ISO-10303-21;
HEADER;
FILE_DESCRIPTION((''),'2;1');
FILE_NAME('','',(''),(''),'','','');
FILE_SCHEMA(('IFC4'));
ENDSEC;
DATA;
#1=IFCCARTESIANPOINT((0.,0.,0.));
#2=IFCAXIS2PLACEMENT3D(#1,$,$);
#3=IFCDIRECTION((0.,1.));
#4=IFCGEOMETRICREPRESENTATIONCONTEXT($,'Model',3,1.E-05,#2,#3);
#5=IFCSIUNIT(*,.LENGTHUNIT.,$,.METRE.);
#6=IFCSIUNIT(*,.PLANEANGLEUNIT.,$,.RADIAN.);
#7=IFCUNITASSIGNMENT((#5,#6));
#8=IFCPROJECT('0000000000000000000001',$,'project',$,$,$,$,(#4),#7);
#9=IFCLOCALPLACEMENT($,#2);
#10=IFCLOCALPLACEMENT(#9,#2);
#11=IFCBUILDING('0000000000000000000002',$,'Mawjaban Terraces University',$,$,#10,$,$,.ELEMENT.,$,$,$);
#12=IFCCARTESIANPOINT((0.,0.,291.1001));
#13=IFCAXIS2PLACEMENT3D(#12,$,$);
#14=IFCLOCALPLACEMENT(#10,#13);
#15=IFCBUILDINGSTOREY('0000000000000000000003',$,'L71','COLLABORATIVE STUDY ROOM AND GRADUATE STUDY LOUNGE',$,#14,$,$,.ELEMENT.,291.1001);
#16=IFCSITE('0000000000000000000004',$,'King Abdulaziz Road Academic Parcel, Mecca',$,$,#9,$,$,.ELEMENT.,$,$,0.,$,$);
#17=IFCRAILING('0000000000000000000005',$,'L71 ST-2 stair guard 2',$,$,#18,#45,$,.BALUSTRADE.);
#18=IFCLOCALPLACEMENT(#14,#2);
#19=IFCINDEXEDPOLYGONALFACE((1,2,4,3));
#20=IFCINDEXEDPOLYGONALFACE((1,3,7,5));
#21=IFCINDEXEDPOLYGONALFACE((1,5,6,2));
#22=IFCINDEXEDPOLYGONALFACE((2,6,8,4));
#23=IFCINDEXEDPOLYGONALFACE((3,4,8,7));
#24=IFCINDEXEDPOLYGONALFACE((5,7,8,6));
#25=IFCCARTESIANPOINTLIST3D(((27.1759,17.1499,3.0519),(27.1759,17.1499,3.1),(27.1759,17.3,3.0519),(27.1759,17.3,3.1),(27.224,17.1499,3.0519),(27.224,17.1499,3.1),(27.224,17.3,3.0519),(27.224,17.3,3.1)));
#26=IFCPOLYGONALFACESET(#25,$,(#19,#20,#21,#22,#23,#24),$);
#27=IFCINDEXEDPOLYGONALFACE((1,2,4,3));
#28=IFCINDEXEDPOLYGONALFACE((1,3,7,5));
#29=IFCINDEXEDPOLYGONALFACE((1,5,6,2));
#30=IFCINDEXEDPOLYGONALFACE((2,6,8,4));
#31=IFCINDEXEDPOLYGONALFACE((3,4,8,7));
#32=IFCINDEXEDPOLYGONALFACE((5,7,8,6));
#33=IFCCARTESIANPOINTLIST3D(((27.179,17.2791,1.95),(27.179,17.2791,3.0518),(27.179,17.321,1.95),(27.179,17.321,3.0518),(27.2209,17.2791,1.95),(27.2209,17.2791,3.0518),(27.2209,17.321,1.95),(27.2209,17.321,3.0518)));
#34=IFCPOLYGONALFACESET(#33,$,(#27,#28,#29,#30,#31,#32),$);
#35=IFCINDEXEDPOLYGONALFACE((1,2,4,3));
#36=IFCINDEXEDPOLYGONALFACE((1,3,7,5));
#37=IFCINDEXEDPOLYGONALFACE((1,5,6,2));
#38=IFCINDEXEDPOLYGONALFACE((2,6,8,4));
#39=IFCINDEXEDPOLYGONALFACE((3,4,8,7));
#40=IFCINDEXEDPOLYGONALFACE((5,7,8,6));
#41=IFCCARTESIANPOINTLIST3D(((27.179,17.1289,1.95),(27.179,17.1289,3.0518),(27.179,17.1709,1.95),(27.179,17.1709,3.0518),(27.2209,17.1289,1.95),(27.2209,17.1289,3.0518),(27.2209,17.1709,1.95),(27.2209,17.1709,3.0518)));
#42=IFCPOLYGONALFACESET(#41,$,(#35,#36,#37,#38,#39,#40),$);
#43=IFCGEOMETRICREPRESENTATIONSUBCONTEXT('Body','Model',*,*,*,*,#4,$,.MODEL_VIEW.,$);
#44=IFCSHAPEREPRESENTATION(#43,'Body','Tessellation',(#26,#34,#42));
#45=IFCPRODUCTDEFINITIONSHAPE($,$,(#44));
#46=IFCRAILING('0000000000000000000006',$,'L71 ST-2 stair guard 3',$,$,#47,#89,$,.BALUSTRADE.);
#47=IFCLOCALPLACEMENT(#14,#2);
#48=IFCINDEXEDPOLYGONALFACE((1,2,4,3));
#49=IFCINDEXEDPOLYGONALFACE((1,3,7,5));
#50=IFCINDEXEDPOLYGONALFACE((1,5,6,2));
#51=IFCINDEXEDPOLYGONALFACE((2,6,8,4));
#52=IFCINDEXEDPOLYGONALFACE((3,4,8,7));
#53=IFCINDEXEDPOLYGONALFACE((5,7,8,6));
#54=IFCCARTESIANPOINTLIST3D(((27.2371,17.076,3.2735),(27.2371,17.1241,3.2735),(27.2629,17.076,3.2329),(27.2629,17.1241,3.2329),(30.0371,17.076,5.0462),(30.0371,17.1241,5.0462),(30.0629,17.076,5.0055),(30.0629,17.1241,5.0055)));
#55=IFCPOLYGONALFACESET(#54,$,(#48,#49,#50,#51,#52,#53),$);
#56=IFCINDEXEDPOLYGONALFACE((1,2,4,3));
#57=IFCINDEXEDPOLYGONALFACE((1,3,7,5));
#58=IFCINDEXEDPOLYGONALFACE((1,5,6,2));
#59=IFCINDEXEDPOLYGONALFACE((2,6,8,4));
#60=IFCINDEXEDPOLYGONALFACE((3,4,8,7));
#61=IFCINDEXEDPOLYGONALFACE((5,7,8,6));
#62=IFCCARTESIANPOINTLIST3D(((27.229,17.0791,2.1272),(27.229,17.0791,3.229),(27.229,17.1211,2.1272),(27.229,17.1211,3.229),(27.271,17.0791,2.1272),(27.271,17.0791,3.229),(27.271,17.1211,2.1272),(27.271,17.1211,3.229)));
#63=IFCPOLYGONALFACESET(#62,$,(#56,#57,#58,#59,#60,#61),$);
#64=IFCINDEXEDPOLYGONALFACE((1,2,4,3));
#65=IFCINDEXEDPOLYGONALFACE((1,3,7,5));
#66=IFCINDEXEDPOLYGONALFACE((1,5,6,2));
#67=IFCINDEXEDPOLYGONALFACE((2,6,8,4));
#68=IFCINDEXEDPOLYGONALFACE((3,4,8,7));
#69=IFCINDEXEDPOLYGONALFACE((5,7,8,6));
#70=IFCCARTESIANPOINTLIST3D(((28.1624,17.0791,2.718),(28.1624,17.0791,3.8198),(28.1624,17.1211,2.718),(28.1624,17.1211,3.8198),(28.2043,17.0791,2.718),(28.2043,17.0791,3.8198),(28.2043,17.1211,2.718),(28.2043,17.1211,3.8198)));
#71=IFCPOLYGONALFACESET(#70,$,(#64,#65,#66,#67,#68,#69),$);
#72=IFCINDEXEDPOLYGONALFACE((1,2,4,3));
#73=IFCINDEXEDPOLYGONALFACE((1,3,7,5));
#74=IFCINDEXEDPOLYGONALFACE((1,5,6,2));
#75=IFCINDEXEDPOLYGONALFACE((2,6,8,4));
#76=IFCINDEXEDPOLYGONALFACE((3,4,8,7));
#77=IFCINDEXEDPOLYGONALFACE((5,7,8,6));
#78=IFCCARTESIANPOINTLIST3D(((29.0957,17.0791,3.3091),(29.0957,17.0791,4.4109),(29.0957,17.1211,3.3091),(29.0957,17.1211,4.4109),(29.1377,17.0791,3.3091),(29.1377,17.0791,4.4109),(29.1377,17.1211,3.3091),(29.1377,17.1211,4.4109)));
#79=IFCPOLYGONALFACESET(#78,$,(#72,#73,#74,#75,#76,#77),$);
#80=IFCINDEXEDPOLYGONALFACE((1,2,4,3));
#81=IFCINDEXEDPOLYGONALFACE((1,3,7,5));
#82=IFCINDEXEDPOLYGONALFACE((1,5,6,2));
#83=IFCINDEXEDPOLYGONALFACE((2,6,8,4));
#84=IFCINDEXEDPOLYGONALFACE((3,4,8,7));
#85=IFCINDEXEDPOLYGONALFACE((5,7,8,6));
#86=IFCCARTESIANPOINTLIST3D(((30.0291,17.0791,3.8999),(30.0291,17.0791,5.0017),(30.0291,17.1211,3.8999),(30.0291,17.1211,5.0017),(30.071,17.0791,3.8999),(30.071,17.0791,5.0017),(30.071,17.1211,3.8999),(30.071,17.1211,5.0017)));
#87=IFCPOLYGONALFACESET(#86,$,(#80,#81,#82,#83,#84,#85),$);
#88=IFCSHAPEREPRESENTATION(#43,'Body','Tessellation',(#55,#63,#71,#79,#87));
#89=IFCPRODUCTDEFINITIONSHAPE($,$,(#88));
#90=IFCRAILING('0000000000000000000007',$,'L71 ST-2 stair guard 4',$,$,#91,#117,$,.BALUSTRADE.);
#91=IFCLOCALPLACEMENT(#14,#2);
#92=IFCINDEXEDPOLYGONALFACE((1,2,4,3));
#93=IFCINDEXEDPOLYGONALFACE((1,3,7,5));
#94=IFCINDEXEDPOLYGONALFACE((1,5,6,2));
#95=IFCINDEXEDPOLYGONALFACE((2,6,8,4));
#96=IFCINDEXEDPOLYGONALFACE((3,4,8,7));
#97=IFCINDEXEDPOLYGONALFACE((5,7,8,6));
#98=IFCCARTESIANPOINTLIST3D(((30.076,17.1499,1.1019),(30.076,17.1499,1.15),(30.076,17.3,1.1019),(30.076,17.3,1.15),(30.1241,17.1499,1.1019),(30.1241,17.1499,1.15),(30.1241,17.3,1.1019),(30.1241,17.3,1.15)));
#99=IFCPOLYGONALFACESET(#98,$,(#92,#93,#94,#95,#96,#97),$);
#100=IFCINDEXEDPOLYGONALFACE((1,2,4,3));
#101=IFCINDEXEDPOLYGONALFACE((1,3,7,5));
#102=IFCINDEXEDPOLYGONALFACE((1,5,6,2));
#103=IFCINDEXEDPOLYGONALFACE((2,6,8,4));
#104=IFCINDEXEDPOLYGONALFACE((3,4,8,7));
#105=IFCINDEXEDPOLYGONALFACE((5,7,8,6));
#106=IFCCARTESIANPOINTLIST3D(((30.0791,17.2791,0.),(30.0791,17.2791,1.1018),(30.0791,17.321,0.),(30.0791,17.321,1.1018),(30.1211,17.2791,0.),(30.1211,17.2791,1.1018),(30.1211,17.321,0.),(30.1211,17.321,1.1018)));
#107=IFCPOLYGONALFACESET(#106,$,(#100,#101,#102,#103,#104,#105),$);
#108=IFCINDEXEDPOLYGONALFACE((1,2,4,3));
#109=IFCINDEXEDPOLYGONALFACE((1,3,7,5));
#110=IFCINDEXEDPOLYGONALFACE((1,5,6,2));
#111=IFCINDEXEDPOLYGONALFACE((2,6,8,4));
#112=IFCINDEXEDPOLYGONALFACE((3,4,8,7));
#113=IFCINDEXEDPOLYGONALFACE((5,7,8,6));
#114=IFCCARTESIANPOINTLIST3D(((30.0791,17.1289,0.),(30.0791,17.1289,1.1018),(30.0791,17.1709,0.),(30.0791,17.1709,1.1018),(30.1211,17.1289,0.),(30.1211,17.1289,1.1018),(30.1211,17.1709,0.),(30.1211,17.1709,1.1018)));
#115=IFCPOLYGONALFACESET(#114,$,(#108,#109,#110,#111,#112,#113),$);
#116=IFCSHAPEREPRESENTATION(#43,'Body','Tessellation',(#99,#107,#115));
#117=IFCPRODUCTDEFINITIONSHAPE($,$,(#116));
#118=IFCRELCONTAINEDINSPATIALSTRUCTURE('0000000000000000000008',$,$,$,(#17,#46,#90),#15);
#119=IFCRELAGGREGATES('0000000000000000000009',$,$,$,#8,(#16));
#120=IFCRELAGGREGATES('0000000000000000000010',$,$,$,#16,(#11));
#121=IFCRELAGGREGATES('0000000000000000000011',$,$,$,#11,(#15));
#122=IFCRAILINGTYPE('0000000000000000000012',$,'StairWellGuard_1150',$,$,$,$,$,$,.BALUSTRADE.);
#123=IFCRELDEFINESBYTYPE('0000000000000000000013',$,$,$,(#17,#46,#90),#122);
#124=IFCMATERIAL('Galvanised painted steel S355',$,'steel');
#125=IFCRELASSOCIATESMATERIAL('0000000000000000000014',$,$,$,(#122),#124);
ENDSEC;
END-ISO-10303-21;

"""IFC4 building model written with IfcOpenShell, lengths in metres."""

from ifc_helpers import new_model, si_unit, direction, frame, origin, origin_2d, place, context, subcontext, project, spatial, rectangle, extrude, material, type_object, element, save


model = new_model("IFC4")

# Units and contexts
model_context = context("Model", 3, precision=1e-05, world=origin(), true_north=direction((0.0, 1.0)))
body_context = subcontext(model_context, "Body", "Model", "MODEL_VIEW")
ifc_project = project(units=[si_unit("LENGTHUNIT", "METRE"), si_unit("PLANEANGLEUNIT", "RADIAN")], contexts=[model_context])

# Site, building, storey
site_placement = place(None, origin())
site = spatial("IfcSite", under=ifc_project, at=site_placement, Name="King Abdulaziz Road Academic Parcel, Mecca", CompositionType="ELEMENT", RefElevation=0.0)
building_placement = place(site_placement, origin())
building = spatial("IfcBuilding", under=site, at=building_placement, Name="Mawjaban Terraces University", CompositionType="ELEMENT")
storey_placement = place(building_placement, frame((0.0, 0.0, 291.1001)))
storey = spatial("IfcBuildingStorey", under=building, at=storey_placement, Name="L71", Description="COLLABORATIVE STUDY ROOM AND GRADUATE STUDY LOUNGE", CompositionType="ELEMENT", Elevation=291.1001)

# Railings
ifc_material_1 = material(Name="Galvanised painted steel S355", Category="steel")
railing_type_1 = type_object("IfcRailingType", Name="StairWellGuard_1150", PredefinedType="BALUSTRADE", material=ifc_material_1)
railing_1_placement = place(storey_placement, frame((27.2, 17.3, 1.95)))
element("IfcRailing", 1, at=railing_1_placement, inside=storey, type_object=railing_type_1, Name="L71 ST-2 stair guard 2", PredefinedType="BALUSTRADE", context=body_context, shape_type="SweptSolid", body=[
    extrude(rectangle(XDim=0.0481, YDim=0.0481, at=origin_2d()), frame((0.0, 0.0, 1.126), z_axis=(0.0, -1.0, 0.0), x_axis=(1.0, 0.0, 0.0)), (0.0, 0.0, 1.0), 0.1501),
    extrude(rectangle(XDim=0.042, YDim=0.042, at=origin_2d()), origin(), (0.0, 0.0, 1.0), 1.1018),
    extrude(rectangle(XDim=0.042, YDim=0.042, at=origin_2d()), frame((0.0, -0.1501, 0.0)), (0.0, 0.0, 1.0), 1.1018),
])
railing_2_placement = place(storey_placement, frame((27.25, 17.1001, 2.1272)))
element("IfcRailing", 2, at=railing_2_placement, inside=storey, type_object=railing_type_1, Name="L71 ST-2 stair guard 3", PredefinedType="BALUSTRADE", context=body_context, shape_type="SweptSolid", body=[
    extrude(rectangle(XDim=0.0481, YDim=0.0481, at=origin_2d()), frame((0.0, 0.0, 1.126), z_axis=(0.844909, 0.0, 0.53491), x_axis=(0.0, 1.0, 0.0)), (0.0, 0.0, 1.0), 3.314),
    extrude(rectangle(XDim=0.042, YDim=0.042, at=origin_2d()), origin(), (0.0, 0.0, 1.0), 1.1018),
    extrude(rectangle(XDim=0.042, YDim=0.042, at=origin_2d()), frame((0.9333, 0.0, 0.5908)), (0.0, 0.0, 1.0), 1.1018),
    extrude(rectangle(XDim=0.042, YDim=0.042, at=origin_2d()), frame((1.8667, 0.0, 1.1819)), (0.0, 0.0, 1.0), 1.1018),
    extrude(rectangle(XDim=0.042, YDim=0.042, at=origin_2d()), frame((2.8, 0.0, 1.7727)), (0.0, 0.0, 1.0), 1.1018),
])
railing_3_placement = place(storey_placement, frame((30.1001, 17.3, 0.0)))
element("IfcRailing", 3, at=railing_3_placement, inside=storey, type_object=railing_type_1, Name="L71 ST-2 stair guard 4", PredefinedType="BALUSTRADE", context=body_context, shape_type="SweptSolid", body=[
    extrude(rectangle(XDim=0.0481, YDim=0.0481, at=origin_2d()), frame((0.0, 0.0, 1.126), z_axis=(0.0, -1.0, 0.0), x_axis=(1.0, 0.0, 0.0)), (0.0, 0.0, 1.0), 0.1501),
    extrude(rectangle(XDim=0.042, YDim=0.042, at=origin_2d()), origin(), (0.0, 0.0, 1.0), 1.1018),
    extrude(rectangle(XDim=0.042, YDim=0.042, at=origin_2d()), frame((0.0, -0.1501, 0.0)), (0.0, 0.0, 1.0), 1.1018),
])

save(model, "model.ifc")
